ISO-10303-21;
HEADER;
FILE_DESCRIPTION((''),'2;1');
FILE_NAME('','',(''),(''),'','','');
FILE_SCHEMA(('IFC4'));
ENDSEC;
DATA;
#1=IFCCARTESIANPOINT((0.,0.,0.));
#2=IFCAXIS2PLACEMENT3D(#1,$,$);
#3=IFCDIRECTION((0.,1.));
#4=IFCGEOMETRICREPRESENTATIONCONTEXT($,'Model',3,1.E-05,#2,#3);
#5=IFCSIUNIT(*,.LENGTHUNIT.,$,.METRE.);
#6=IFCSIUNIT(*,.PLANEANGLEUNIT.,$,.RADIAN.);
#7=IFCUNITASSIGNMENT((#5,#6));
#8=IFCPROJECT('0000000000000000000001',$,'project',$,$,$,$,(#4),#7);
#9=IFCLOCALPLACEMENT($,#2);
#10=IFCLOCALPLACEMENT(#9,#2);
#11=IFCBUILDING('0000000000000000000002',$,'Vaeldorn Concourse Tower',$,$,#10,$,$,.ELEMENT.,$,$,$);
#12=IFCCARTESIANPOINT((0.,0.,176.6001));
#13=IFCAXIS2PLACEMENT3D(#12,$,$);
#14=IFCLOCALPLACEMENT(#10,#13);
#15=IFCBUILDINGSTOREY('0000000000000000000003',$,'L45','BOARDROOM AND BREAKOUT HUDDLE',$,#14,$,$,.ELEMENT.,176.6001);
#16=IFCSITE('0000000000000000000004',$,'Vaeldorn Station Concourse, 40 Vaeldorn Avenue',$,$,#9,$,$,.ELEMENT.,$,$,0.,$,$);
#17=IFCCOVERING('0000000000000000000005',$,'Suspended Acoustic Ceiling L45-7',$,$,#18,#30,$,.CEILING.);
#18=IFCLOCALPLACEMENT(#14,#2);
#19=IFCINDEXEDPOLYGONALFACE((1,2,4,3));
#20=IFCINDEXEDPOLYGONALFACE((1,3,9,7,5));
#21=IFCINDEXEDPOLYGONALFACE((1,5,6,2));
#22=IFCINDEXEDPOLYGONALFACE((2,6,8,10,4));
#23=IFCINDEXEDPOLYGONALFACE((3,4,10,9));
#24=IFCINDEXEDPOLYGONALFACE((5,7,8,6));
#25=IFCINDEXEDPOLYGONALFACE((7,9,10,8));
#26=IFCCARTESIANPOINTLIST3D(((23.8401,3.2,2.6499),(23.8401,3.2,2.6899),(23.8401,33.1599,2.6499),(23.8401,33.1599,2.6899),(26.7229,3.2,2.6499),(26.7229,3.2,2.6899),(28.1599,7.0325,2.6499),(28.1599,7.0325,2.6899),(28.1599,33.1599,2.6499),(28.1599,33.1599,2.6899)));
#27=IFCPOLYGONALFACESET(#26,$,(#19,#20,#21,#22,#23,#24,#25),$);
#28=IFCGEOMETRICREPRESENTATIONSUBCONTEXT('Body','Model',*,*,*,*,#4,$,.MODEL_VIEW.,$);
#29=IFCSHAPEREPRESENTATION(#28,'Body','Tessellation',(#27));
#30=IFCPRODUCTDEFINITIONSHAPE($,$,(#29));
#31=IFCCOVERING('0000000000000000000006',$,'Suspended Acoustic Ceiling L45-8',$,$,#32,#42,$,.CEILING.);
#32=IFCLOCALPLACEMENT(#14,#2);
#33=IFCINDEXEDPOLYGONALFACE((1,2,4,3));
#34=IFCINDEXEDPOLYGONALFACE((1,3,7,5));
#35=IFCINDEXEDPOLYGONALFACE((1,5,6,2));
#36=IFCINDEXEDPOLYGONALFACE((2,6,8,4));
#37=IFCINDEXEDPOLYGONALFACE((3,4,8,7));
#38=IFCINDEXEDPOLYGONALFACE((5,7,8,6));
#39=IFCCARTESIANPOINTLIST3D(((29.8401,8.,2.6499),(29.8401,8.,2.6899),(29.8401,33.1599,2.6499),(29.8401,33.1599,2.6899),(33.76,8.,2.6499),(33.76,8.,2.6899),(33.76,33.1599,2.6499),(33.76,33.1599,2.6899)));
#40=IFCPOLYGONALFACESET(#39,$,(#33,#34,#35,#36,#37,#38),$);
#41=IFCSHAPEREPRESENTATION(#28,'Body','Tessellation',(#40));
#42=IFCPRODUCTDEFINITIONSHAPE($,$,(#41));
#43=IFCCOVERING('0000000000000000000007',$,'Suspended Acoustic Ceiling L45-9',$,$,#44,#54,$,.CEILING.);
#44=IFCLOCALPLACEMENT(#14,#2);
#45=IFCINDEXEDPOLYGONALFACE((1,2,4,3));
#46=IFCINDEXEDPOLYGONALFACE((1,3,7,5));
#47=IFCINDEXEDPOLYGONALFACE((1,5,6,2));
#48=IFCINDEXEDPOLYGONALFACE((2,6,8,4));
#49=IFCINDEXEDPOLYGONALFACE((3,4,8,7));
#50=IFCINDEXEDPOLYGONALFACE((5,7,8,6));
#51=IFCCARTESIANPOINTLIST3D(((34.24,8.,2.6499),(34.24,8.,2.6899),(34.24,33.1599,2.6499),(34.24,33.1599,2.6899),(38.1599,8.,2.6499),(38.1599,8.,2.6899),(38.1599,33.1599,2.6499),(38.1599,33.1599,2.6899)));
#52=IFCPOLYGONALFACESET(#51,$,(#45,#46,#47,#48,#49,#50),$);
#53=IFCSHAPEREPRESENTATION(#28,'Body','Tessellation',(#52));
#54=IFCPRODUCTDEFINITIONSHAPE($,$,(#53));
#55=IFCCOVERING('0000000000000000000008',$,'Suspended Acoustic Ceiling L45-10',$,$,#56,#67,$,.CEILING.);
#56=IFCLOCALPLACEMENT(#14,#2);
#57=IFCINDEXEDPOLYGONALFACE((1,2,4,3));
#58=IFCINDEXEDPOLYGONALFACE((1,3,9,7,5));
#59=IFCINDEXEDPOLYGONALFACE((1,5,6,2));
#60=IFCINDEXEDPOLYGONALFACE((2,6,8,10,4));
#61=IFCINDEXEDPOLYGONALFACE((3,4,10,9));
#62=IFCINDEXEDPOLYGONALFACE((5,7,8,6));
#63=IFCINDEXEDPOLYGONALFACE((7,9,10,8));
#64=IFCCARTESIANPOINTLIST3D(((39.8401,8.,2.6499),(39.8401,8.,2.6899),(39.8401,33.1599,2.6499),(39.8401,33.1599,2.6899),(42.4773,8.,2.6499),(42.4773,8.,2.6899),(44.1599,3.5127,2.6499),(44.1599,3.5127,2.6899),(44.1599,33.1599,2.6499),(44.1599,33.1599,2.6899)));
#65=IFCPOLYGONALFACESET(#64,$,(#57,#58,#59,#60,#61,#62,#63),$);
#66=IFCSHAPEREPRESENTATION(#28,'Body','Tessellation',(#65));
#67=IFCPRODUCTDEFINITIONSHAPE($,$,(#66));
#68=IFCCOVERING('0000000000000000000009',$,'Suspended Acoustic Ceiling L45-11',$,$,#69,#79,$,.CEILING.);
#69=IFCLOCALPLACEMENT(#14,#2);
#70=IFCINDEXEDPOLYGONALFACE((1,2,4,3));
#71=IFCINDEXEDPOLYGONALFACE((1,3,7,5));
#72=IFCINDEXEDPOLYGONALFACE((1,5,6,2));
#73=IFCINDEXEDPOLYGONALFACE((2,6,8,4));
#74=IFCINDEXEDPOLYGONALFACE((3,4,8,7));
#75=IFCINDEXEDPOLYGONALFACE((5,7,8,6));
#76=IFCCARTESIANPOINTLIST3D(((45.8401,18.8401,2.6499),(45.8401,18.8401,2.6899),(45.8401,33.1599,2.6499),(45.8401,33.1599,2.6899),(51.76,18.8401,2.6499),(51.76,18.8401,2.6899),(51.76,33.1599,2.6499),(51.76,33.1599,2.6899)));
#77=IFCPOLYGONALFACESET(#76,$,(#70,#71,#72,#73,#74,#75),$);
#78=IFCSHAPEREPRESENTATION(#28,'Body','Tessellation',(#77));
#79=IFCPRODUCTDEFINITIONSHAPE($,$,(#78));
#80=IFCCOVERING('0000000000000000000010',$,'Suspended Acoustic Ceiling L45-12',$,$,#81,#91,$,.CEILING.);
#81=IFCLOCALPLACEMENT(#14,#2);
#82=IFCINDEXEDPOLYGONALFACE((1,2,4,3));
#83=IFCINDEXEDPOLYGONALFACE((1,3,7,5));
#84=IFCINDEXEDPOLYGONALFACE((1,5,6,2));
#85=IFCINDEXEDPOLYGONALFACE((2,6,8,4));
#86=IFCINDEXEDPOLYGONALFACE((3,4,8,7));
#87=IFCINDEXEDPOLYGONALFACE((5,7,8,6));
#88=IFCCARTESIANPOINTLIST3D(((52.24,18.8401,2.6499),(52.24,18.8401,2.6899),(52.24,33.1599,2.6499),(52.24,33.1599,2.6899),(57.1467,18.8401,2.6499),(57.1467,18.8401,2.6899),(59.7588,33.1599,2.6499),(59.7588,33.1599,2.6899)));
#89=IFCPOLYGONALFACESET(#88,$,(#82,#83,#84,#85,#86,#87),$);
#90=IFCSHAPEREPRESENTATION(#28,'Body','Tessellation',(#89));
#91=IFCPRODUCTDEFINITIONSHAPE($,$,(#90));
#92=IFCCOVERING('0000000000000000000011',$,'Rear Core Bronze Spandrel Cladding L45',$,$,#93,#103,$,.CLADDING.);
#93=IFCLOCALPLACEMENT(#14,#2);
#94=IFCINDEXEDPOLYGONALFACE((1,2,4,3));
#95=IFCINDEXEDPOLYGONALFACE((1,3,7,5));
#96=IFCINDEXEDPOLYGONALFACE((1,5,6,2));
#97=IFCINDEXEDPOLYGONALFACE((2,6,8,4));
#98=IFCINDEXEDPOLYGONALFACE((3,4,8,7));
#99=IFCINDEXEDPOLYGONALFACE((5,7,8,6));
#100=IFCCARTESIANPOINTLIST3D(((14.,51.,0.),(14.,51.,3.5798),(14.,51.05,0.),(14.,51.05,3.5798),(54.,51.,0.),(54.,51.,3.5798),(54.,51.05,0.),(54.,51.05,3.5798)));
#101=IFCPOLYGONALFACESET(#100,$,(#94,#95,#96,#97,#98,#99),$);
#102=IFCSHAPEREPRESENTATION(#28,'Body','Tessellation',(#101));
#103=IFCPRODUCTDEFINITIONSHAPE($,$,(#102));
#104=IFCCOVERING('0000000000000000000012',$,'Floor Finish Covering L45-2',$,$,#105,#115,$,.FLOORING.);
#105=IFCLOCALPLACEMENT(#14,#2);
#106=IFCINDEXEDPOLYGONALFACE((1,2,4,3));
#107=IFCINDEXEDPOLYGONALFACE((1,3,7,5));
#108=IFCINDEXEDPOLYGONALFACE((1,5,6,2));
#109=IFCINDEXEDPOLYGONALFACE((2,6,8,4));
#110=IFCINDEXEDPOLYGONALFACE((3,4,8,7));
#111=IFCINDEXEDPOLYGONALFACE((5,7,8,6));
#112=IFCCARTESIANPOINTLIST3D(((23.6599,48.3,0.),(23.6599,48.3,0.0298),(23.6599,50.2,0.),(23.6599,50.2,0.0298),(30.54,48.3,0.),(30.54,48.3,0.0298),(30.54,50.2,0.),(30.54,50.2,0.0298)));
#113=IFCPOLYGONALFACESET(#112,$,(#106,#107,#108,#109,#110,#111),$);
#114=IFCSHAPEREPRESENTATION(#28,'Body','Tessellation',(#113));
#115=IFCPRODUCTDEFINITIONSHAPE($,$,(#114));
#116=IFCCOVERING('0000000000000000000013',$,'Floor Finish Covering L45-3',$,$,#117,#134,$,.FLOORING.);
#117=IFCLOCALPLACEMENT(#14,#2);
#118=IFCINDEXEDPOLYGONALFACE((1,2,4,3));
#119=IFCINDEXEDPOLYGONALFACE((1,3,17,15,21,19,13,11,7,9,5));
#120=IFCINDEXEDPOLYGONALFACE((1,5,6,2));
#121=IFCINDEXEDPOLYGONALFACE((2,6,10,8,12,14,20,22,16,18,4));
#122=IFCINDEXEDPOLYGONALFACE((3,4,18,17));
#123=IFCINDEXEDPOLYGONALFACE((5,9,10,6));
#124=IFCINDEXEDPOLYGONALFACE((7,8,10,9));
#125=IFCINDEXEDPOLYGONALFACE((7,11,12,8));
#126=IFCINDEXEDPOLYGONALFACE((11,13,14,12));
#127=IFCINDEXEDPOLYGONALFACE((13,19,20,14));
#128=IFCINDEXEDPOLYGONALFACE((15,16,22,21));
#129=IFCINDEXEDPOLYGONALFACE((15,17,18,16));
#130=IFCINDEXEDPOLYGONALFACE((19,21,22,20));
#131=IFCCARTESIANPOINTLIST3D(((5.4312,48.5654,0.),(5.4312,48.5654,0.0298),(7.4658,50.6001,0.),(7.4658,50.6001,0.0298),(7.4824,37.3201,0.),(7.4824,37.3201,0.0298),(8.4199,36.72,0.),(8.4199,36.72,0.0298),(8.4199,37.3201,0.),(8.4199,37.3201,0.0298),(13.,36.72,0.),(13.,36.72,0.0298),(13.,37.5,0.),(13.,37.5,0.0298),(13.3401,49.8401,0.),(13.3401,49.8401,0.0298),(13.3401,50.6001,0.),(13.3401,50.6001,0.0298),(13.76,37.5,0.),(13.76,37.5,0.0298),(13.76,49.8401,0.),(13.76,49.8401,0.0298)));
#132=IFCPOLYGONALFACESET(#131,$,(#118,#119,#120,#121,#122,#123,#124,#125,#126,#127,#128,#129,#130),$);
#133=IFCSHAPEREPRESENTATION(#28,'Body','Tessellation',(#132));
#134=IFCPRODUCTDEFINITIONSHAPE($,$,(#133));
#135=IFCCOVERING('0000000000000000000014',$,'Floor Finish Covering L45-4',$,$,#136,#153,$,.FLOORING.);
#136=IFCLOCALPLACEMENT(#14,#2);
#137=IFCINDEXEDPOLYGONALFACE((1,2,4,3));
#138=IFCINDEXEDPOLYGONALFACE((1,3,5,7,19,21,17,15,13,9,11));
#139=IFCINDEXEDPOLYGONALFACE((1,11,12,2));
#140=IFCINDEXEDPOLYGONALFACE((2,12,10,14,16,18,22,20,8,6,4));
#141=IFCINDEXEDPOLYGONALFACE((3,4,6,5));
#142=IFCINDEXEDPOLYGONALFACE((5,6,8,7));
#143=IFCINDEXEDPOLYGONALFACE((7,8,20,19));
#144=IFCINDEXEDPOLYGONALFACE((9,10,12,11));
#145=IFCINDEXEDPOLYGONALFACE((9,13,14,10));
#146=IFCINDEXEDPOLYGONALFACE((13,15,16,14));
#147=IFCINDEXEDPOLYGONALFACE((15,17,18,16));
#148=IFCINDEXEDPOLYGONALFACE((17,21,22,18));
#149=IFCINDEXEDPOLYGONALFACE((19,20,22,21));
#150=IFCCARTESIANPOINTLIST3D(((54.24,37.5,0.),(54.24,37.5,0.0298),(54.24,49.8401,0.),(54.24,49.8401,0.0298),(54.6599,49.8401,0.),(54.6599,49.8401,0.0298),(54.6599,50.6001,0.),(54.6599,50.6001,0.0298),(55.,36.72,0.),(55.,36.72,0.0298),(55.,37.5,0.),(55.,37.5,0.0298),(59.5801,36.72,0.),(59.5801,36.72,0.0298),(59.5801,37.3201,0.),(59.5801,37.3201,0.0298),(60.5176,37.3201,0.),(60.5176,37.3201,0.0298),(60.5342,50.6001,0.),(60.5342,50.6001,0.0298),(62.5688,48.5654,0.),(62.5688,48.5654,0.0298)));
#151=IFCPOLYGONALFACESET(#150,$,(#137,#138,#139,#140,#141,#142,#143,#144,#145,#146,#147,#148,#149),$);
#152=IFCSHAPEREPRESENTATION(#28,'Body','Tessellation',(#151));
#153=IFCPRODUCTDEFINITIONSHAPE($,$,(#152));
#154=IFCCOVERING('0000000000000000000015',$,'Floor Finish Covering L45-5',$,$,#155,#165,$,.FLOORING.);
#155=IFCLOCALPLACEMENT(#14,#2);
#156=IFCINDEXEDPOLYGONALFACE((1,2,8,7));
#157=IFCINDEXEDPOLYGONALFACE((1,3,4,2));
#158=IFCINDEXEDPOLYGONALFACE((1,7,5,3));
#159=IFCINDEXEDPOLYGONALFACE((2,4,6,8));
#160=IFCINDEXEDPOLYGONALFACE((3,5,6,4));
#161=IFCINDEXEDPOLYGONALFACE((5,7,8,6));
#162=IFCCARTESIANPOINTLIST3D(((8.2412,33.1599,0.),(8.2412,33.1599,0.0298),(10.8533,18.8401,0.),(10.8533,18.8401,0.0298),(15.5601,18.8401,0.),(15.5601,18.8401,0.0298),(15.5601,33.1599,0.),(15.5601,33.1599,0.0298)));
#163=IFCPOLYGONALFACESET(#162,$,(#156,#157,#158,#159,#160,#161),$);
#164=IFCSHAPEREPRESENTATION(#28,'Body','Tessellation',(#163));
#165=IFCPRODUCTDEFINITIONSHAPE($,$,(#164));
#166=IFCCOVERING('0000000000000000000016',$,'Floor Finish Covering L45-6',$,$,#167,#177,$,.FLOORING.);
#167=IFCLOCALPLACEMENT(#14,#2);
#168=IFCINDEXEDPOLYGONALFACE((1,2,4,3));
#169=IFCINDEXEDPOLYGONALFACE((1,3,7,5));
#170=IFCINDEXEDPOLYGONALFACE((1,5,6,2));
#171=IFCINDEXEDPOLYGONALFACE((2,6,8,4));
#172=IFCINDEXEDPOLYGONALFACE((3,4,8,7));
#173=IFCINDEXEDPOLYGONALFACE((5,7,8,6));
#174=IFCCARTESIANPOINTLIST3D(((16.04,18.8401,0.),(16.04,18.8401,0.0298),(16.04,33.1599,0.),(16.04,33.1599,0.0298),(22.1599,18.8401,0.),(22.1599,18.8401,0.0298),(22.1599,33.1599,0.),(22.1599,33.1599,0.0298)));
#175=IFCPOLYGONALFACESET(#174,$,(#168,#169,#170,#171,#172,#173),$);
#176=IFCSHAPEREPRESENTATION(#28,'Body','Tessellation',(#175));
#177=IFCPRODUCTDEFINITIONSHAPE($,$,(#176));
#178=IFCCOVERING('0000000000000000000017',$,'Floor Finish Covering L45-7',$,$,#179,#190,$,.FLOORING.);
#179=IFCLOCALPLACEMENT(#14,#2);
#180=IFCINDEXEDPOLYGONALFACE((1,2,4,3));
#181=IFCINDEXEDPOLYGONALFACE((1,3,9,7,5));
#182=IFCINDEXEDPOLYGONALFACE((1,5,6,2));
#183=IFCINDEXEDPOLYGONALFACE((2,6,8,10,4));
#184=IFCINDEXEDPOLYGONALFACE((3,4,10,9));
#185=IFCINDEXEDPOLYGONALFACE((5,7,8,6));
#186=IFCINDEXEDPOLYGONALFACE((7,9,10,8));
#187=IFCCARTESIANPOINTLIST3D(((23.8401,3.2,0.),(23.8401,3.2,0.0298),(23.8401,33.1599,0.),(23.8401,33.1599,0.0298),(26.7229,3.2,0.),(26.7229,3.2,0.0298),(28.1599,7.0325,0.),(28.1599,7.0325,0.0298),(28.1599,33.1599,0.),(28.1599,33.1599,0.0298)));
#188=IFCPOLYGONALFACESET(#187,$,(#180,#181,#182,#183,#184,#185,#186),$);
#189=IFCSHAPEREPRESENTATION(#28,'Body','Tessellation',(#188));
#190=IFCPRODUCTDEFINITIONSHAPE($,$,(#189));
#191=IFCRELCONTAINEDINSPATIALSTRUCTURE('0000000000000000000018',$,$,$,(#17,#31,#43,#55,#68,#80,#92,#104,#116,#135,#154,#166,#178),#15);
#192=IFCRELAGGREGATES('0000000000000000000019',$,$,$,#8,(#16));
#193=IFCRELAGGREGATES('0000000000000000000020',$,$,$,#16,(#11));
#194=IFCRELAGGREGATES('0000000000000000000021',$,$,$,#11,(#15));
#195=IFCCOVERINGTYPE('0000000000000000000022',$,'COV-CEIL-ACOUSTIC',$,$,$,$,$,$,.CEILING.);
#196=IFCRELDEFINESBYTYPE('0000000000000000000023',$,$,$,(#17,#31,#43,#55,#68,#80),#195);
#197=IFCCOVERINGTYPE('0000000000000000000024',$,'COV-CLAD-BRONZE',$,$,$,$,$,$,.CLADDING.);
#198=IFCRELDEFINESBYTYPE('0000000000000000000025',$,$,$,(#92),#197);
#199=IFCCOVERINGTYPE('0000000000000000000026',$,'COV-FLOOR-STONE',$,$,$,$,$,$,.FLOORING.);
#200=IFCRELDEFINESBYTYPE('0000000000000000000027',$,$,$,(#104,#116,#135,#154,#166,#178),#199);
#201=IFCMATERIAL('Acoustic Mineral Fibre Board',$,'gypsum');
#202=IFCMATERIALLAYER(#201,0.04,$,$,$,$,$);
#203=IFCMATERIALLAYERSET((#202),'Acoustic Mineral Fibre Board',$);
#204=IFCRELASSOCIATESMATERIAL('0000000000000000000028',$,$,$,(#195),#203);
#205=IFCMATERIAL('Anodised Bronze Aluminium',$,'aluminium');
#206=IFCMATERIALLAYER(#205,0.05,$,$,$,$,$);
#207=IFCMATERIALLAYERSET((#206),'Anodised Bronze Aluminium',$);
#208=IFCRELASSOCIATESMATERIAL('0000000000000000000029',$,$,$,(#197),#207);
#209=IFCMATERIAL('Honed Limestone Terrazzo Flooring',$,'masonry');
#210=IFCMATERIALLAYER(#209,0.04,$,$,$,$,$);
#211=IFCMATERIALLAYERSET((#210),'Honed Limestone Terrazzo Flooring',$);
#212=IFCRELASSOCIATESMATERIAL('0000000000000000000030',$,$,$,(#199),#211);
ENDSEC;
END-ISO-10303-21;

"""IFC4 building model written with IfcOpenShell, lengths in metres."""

from ifc_helpers import new_model, si_unit, direction, frame, origin, place, context, subcontext, project, spatial, polyline, outline, extrude, material, layer, layer_set, type_object, element, save


model = new_model("IFC4")

# Units and contexts
model_context = context("Model", 3, precision=1e-05, world=origin(), true_north=direction((0.0, 1.0)))
body_context = subcontext(model_context, "Body", "Model", "MODEL_VIEW")
ifc_project = project(units=[si_unit("LENGTHUNIT", "METRE"), si_unit("PLANEANGLEUNIT", "RADIAN")], contexts=[model_context])

# Site, building, storey
site_placement = place(None, origin())
site = spatial("IfcSite", under=ifc_project, at=site_placement, Name="Vaeldorn Station Concourse, 40 Vaeldorn Avenue", CompositionType="ELEMENT", RefElevation=0.0)
building_placement = place(site_placement, origin())
building = spatial("IfcBuilding", under=site, at=building_placement, Name="Vaeldorn Concourse Tower", CompositionType="ELEMENT")
storey_placement = place(building_placement, frame((0.0, 0.0, 176.6001)))
storey = spatial("IfcBuildingStorey", under=building, at=storey_placement, Name="L45", Description="BOARDROOM AND BREAKOUT HUDDLE", CompositionType="ELEMENT", Elevation=176.6001)

# Coverings
ifc_material_1 = material(Name="Acoustic Mineral Fibre Board", Category="gypsum")
ifc_layer_1 = layer(ifc_material_1, 0.04)
ifc_layer_set_1 = layer_set([ifc_layer_1], Name="Acoustic Mineral Fibre Board")
covering_type_1 = type_object("IfcCoveringType", Name="COV-CEIL-ACOUSTIC", PredefinedType="CEILING", material=ifc_layer_set_1)
covering_1_placement = place(storey_placement, frame((0.0, 0.0, 2.6499)))
element("IfcCovering", 1, at=covering_1_placement, inside=storey, type_object=covering_type_1, Name="Suspended Acoustic Ceiling L45-7", PredefinedType="CEILING", context=body_context, shape_type="SweptSolid", body=[
    extrude(outline(polyline([(23.8401, 3.2), (23.8401, 33.1599), (28.1599, 33.1599), (28.1599, 7.0325), (26.7229, 3.2), (23.8401, 3.2)])), origin(), (0.0, 0.0, 1.0), 0.04),
])
covering_2_placement = place(storey_placement, frame((0.0, 0.0, 2.6499)))
element("IfcCovering", 2, at=covering_2_placement, inside=storey, type_object=covering_type_1, Name="Suspended Acoustic Ceiling L45-8", PredefinedType="CEILING", context=body_context, shape_type="SweptSolid", body=[
    extrude(outline(polyline([(29.8401, 33.1599), (33.76, 33.1599), (33.76, 8.0), (29.8401, 8.0), (29.8401, 33.1599)])), origin(), (0.0, 0.0, 1.0), 0.04),
])
covering_3_placement = place(storey_placement, frame((0.0, 0.0, 2.6499)))
element("IfcCovering", 3, at=covering_3_placement, inside=storey, type_object=covering_type_1, Name="Suspended Acoustic Ceiling L45-9", PredefinedType="CEILING", context=body_context, shape_type="SweptSolid", body=[
    extrude(outline(polyline([(34.24, 33.1599), (38.1599, 33.1599), (38.1599, 8.0), (34.24, 8.0), (34.24, 33.1599)])), origin(), (0.0, 0.0, 1.0), 0.04),
])
covering_4_placement = place(storey_placement, frame((0.0, 0.0, 2.6499)))
element("IfcCovering", 4, at=covering_4_placement, inside=storey, type_object=covering_type_1, Name="Suspended Acoustic Ceiling L45-10", PredefinedType="CEILING", context=body_context, shape_type="SweptSolid", body=[
    extrude(outline(polyline([(39.8401, 8.0), (39.8401, 33.1599), (44.1599, 33.1599), (44.1599, 3.5127), (42.4773, 8.0), (39.8401, 8.0)])), origin(), (0.0, 0.0, 1.0), 0.04),
])
covering_5_placement = place(storey_placement, frame((0.0, 0.0, 2.6499)))
element("IfcCovering", 5, at=covering_5_placement, inside=storey, type_object=covering_type_1, Name="Suspended Acoustic Ceiling L45-11", PredefinedType="CEILING", context=body_context, shape_type="SweptSolid", body=[
    extrude(outline(polyline([(45.8401, 33.1599), (51.76, 33.1599), (51.76, 18.8401), (45.8401, 18.8401), (45.8401, 33.1599)])), origin(), (0.0, 0.0, 1.0), 0.04),
])
covering_6_placement = place(storey_placement, frame((0.0, 0.0, 2.6499)))
element("IfcCovering", 6, at=covering_6_placement, inside=storey, type_object=covering_type_1, Name="Suspended Acoustic Ceiling L45-12", PredefinedType="CEILING", context=body_context, shape_type="SweptSolid", body=[
    extrude(outline(polyline([(52.24, 18.8401), (52.24, 33.1599), (59.7588, 33.1599), (57.1467, 18.8401), (52.24, 18.8401)])), origin(), (0.0, 0.0, 1.0), 0.04),
])
ifc_material_2 = material(Name="Anodised Bronze Aluminium", Category="aluminium")
ifc_layer_2 = layer(ifc_material_2, 0.05)
ifc_layer_set_2 = layer_set([ifc_layer_2], Name="Anodised Bronze Aluminium")
covering_type_2 = type_object("IfcCoveringType", Name="COV-CLAD-BRONZE", PredefinedType="CLADDING", material=ifc_layer_set_2)
covering_7_placement = place(storey_placement, origin())
element("IfcCovering", 7, at=covering_7_placement, inside=storey, type_object=covering_type_2, Name="Rear Core Bronze Spandrel Cladding L45", PredefinedType="CLADDING", context=body_context, shape_type="SweptSolid", body=[
    extrude(outline(polyline([(14.0, 51.0), (54.0, 51.0), (54.0, 51.05), (14.0, 51.05), (14.0, 51.0)])), origin(), (0.0, 0.0, 1.0), 3.5798),
])
ifc_material_3 = material(Name="Honed Limestone Terrazzo Flooring", Category="masonry")
ifc_layer_3 = layer(ifc_material_3, 0.04)
ifc_layer_set_3 = layer_set([ifc_layer_3], Name="Honed Limestone Terrazzo Flooring")
covering_type_3 = type_object("IfcCoveringType", Name="COV-FLOOR-STONE", PredefinedType="FLOORING", material=ifc_layer_set_3)
covering_8_placement = place(storey_placement, origin())
element("IfcCovering", 8, at=covering_8_placement, inside=storey, type_object=covering_type_3, Name="Floor Finish Covering L45-2", PredefinedType="FLOORING", context=body_context, shape_type="SweptSolid", body=[
    extrude(outline(polyline([(30.54, 50.2), (30.54, 48.3), (23.6599, 48.3), (23.6599, 50.2), (30.54, 50.2)])), origin(), (0.0, 0.0, 1.0), 0.0298),
])
covering_9_placement = place(storey_placement, origin())
element("IfcCovering", 9, at=covering_9_placement, inside=storey, type_object=covering_type_3, Name="Floor Finish Covering L45-3", PredefinedType="FLOORING", context=body_context, shape_type="SweptSolid", body=[
    extrude(outline(polyline([(13.3401, 50.6001), (13.3401, 49.8401), (13.76, 49.8401), (13.76, 37.5), (13.0, 37.5), (13.0, 36.72), (8.4199, 36.72), (8.4199, 37.3201), (7.4824, 37.3201), (5.4312, 48.5654), (7.4658, 50.6001), (13.3401, 50.6001)])), origin(), (0.0, 0.0, 1.0), 0.0298),
])
covering_10_placement = place(storey_placement, origin())
element("IfcCovering", 10, at=covering_10_placement, inside=storey, type_object=covering_type_3, Name="Floor Finish Covering L45-4", PredefinedType="FLOORING", context=body_context, shape_type="SweptSolid", body=[
    extrude(outline(polyline([(54.6599, 49.8401), (54.6599, 50.6001), (60.5342, 50.6001), (62.5688, 48.5654), (60.5176, 37.3201), (59.5801, 37.3201), (59.5801, 36.72), (55.0, 36.72), (55.0, 37.5), (54.24, 37.5), (54.24, 49.8401), (54.6599, 49.8401)])), origin(), (0.0, 0.0, 1.0), 0.0298),
])
covering_11_placement = place(storey_placement, origin())
element("IfcCovering", 11, at=covering_11_placement, inside=storey, type_object=covering_type_3, Name="Floor Finish Covering L45-5", PredefinedType="FLOORING", context=body_context, shape_type="SweptSolid", body=[
    extrude(outline(polyline([(15.5601, 33.1599), (15.5601, 18.8401), (10.8533, 18.8401), (8.2412, 33.1599), (15.5601, 33.1599)])), origin(), (0.0, 0.0, 1.0), 0.0298),
])
covering_12_placement = place(storey_placement, origin())
element("IfcCovering", 12, at=covering_12_placement, inside=storey, type_object=covering_type_3, Name="Floor Finish Covering L45-6", PredefinedType="FLOORING", context=body_context, shape_type="SweptSolid", body=[
    extrude(outline(polyline([(16.04, 33.1599), (22.1599, 33.1599), (22.1599, 18.8401), (16.04, 18.8401), (16.04, 33.1599)])), origin(), (0.0, 0.0, 1.0), 0.0298),
])
covering_13_placement = place(storey_placement, origin())
element("IfcCovering", 13, at=covering_13_placement, inside=storey, type_object=covering_type_3, Name="Floor Finish Covering L45-7", PredefinedType="FLOORING", context=body_context, shape_type="SweptSolid", body=[
    extrude(outline(polyline([(23.8401, 3.2), (23.8401, 33.1599), (28.1599, 33.1599), (28.1599, 7.0325), (26.7229, 3.2), (23.8401, 3.2)])), origin(), (0.0, 0.0, 1.0), 0.0298),
])

save(model, "model.ifc")
